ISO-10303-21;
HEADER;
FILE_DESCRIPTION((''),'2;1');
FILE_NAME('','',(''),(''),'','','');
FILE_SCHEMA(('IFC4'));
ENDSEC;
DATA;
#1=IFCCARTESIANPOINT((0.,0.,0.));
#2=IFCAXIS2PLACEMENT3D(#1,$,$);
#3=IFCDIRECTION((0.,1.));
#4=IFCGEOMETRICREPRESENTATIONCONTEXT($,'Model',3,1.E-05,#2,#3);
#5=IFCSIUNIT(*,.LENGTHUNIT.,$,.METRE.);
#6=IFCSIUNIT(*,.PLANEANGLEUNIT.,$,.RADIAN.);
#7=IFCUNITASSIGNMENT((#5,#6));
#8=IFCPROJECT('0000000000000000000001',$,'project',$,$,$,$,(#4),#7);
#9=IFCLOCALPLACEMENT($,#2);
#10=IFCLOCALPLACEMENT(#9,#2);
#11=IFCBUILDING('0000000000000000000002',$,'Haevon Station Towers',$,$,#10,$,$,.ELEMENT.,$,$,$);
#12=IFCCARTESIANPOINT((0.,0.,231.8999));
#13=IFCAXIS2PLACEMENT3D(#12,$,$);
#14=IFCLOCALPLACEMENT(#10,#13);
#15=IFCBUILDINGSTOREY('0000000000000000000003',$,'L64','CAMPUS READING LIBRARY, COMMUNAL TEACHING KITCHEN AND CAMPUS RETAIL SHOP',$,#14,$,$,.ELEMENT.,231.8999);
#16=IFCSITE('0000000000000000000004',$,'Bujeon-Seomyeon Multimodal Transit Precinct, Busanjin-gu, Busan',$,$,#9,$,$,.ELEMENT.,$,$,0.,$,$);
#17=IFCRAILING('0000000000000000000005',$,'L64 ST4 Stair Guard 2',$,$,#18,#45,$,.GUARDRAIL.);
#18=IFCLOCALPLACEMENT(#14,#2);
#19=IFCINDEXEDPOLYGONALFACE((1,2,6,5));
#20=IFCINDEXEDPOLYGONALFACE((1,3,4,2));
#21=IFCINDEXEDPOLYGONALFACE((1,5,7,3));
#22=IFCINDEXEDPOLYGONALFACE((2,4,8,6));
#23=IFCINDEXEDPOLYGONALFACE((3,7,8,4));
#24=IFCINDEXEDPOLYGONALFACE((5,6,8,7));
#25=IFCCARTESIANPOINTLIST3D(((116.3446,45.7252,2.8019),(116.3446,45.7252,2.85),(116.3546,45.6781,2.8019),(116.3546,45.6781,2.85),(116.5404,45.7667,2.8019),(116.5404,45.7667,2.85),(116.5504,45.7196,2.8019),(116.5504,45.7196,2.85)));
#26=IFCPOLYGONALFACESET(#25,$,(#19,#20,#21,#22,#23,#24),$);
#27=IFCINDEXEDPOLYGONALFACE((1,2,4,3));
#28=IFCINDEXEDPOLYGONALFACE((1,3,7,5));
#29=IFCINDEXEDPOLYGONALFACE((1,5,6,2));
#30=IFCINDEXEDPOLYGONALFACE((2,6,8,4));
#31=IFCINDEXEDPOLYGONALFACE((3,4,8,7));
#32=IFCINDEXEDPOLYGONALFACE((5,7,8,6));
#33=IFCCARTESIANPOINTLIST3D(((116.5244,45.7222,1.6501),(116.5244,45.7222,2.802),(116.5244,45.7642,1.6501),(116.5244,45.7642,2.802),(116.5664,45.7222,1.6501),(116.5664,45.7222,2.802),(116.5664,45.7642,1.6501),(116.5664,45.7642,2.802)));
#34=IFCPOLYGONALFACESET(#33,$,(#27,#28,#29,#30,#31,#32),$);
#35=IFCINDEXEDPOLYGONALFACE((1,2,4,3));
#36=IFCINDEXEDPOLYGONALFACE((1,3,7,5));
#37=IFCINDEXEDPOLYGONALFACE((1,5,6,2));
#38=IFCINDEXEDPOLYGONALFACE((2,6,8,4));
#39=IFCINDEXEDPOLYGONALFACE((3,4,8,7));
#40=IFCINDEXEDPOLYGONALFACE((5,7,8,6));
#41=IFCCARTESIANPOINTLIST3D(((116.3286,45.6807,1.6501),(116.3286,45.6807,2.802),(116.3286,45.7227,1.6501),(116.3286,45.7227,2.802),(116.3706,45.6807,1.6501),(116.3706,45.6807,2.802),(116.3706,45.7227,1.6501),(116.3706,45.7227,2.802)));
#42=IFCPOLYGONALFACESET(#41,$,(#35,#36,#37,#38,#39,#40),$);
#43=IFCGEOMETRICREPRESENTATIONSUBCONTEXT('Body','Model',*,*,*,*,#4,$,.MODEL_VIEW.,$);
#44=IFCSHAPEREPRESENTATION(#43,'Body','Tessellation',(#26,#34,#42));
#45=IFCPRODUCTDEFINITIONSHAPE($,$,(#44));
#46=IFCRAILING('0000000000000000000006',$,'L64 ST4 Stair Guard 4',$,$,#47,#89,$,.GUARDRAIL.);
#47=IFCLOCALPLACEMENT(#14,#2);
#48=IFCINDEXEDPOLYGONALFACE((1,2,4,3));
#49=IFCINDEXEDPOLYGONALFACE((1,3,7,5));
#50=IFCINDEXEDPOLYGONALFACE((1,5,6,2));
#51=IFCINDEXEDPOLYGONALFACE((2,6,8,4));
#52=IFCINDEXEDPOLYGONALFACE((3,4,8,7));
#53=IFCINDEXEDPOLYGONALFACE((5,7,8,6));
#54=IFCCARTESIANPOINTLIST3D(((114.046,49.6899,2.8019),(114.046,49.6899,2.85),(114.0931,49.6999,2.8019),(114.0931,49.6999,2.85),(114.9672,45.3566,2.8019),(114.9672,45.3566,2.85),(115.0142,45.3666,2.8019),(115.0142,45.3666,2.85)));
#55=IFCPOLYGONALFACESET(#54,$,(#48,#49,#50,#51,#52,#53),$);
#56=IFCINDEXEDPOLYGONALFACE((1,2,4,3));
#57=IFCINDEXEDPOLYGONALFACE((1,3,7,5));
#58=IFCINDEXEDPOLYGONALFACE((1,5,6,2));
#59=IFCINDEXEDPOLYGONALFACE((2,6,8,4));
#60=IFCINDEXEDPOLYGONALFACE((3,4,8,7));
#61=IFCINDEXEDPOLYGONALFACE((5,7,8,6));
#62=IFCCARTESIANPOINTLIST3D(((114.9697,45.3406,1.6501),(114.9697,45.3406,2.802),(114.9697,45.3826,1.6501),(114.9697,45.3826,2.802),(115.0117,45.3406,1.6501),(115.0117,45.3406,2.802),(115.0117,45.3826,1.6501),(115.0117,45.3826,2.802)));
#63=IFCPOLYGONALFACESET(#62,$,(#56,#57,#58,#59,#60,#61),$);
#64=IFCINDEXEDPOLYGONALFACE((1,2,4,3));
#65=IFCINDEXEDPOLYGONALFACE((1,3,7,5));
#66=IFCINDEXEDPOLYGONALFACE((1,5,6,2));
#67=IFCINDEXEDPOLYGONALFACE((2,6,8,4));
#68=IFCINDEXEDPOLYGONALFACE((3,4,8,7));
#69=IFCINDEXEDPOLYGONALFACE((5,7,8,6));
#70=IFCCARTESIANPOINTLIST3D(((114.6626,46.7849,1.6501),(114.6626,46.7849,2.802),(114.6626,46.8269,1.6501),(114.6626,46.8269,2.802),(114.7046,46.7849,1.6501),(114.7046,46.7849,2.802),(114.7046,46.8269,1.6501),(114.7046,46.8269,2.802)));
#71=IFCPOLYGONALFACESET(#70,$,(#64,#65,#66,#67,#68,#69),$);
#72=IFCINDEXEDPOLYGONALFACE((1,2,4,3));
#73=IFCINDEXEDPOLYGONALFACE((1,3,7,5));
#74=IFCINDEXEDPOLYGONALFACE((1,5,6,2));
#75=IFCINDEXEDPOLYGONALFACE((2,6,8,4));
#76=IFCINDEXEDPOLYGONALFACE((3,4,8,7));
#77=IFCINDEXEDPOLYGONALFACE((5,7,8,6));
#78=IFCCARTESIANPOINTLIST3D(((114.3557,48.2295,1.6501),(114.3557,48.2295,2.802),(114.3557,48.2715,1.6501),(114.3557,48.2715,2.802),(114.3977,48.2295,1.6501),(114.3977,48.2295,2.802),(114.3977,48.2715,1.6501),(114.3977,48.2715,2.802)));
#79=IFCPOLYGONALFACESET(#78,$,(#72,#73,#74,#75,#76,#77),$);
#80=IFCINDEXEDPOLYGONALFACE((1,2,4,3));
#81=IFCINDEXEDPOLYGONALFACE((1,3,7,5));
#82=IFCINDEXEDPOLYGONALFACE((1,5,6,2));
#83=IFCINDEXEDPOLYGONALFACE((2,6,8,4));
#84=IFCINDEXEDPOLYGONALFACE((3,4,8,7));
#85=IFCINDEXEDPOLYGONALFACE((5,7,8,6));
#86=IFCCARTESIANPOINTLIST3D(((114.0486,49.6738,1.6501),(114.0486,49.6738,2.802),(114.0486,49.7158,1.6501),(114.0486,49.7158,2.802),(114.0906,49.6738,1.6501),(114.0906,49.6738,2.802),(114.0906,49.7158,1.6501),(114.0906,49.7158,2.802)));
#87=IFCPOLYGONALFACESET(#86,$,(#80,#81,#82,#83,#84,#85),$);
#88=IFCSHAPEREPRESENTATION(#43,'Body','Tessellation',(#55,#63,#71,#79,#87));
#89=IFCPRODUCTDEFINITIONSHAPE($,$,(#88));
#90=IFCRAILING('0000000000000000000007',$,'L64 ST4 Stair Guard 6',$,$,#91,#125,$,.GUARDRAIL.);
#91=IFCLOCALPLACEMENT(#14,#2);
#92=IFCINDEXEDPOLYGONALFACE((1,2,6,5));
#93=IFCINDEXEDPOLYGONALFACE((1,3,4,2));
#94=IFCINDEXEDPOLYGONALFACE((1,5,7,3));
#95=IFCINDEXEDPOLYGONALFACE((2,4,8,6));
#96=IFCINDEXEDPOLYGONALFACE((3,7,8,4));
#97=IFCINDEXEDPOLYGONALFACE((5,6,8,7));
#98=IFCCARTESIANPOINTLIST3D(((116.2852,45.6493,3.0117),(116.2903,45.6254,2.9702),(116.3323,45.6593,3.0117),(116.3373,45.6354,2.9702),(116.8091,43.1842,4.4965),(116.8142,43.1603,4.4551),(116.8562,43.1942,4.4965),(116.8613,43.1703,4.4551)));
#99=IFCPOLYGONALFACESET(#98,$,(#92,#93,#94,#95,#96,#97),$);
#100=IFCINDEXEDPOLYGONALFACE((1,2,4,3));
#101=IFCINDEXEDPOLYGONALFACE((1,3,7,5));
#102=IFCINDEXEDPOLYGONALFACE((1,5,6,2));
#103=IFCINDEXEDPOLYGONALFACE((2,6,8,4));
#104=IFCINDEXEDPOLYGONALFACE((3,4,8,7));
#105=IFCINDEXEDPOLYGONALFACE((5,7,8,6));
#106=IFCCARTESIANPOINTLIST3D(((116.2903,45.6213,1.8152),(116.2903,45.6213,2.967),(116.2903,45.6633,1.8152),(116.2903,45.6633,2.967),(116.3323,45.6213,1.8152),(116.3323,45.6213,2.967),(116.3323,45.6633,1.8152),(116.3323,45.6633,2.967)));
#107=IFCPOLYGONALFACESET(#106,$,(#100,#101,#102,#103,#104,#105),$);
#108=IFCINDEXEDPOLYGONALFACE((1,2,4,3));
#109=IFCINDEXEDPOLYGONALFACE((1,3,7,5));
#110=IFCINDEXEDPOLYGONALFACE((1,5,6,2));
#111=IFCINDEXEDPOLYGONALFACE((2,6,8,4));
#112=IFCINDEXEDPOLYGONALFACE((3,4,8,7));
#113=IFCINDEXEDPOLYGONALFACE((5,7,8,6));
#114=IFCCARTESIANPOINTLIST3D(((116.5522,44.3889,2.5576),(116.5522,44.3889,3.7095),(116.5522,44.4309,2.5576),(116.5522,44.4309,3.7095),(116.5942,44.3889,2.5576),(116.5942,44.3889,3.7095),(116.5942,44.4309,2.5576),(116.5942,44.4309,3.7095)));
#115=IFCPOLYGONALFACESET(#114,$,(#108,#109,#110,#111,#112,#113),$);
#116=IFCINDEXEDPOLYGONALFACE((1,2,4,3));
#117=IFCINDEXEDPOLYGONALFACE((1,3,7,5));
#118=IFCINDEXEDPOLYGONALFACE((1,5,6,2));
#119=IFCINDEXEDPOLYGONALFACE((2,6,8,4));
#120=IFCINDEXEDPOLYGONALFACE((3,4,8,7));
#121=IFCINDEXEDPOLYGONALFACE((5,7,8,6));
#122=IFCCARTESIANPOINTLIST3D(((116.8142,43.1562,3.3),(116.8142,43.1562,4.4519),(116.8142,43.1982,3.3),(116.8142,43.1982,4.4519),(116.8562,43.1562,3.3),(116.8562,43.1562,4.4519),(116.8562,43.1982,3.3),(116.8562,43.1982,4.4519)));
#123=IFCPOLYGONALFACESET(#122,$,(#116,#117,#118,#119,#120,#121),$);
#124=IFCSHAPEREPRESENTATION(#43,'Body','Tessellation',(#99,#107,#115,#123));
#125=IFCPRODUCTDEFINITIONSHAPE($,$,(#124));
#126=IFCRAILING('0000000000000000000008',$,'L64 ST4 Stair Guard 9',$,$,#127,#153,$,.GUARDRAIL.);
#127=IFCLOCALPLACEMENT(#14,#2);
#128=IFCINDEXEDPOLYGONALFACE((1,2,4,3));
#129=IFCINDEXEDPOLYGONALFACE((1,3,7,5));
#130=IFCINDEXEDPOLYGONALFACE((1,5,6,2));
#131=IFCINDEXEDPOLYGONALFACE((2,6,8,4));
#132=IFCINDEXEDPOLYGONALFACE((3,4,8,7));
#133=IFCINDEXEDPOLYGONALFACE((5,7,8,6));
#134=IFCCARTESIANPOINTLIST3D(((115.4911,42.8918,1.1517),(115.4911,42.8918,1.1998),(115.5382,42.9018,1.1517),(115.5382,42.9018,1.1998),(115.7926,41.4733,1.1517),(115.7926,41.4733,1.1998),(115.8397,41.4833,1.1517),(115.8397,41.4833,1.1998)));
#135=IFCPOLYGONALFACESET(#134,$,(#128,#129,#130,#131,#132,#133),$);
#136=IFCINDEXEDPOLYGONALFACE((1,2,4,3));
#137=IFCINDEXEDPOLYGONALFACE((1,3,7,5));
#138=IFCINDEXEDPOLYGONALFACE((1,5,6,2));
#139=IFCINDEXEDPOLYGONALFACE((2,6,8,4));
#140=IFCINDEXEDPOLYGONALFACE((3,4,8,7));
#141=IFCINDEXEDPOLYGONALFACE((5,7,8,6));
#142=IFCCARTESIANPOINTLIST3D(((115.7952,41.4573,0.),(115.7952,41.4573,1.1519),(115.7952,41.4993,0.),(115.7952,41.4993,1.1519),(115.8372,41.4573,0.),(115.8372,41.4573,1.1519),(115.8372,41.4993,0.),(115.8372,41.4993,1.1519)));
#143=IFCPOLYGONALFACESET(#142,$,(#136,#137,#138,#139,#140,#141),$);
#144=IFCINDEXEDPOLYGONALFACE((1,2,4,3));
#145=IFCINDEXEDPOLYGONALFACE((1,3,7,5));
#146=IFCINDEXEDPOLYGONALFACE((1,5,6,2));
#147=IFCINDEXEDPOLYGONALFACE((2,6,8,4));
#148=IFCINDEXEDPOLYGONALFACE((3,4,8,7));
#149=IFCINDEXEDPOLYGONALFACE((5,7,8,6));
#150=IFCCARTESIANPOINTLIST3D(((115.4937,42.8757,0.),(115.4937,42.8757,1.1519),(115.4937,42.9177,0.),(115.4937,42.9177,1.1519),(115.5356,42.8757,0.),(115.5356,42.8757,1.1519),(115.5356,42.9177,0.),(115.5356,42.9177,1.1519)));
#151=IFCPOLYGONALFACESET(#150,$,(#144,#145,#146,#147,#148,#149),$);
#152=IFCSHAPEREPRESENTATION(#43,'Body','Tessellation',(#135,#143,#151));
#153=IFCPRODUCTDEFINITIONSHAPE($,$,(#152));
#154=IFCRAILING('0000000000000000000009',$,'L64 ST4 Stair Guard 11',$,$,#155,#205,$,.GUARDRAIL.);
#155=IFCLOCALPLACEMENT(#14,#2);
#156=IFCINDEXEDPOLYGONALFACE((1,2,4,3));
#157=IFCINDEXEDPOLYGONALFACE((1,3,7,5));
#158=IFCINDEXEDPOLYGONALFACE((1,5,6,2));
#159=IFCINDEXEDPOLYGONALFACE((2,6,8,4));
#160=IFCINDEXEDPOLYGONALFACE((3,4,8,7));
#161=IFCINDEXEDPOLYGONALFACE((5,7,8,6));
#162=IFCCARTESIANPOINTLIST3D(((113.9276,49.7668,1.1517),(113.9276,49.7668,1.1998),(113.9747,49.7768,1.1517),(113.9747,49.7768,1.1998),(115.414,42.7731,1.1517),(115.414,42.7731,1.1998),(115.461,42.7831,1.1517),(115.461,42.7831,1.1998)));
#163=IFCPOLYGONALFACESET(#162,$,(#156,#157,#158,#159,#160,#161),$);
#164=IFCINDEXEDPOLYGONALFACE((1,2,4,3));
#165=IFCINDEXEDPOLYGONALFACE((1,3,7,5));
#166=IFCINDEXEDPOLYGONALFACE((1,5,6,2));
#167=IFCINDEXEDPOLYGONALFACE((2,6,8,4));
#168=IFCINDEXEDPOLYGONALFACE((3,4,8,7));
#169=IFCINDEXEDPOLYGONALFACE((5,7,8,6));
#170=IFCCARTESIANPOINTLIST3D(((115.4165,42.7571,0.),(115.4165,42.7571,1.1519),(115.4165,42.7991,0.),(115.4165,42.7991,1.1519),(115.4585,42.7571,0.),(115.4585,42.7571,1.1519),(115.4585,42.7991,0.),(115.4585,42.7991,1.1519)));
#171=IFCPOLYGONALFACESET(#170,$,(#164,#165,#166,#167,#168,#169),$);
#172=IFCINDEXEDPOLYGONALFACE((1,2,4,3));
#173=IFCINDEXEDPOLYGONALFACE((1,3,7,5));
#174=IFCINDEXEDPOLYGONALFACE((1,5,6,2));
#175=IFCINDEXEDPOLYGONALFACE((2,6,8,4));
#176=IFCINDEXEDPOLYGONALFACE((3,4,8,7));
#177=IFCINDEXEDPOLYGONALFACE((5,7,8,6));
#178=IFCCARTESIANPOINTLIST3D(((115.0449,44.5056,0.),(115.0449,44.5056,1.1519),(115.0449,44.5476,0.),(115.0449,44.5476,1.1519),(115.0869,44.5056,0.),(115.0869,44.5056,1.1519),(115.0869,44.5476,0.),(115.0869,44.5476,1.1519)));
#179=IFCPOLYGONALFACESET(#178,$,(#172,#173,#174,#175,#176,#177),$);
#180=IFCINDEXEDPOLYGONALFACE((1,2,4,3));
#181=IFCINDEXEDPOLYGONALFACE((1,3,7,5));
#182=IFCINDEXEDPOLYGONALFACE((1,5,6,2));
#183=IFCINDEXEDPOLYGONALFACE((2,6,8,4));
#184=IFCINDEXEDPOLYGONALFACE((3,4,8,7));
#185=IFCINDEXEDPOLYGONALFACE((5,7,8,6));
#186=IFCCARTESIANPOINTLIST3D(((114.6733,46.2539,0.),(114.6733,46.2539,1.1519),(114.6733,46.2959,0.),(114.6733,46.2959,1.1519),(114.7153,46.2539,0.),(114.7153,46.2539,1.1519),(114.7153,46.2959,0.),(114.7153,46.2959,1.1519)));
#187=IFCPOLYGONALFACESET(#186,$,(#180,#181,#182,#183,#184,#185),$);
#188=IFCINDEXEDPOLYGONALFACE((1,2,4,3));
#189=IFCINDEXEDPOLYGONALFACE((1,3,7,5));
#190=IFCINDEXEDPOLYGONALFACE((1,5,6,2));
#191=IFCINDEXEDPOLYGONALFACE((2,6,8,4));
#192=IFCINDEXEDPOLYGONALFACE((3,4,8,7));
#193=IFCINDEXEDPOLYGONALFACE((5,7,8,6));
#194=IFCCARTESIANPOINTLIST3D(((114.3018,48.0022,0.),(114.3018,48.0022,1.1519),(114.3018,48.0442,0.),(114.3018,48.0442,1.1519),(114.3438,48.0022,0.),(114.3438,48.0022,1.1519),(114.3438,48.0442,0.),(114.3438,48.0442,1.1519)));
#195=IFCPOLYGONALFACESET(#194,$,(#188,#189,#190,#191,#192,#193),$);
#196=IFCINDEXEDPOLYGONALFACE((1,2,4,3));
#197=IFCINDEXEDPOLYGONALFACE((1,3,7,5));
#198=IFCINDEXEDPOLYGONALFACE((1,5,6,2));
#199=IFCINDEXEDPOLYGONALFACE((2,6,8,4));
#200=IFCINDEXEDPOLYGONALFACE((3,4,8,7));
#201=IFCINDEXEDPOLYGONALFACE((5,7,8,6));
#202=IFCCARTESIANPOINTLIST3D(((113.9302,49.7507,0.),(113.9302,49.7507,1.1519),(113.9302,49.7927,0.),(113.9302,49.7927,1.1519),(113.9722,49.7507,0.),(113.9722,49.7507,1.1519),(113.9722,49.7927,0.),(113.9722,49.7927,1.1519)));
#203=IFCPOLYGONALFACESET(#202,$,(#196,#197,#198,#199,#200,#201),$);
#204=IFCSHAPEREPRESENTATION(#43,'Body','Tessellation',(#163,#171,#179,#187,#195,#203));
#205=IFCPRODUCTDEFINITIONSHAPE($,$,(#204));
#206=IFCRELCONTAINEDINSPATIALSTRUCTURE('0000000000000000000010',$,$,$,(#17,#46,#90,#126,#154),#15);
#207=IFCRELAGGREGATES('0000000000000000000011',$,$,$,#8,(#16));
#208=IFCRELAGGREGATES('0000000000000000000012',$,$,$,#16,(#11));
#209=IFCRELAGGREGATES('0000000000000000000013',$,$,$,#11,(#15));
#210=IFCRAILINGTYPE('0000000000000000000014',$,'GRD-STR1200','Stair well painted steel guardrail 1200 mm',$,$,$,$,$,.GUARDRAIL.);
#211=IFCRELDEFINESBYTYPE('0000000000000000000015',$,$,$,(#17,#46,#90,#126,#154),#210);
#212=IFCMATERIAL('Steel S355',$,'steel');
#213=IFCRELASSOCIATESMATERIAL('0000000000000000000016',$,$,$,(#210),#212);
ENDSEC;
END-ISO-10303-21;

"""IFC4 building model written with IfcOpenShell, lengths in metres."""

from ifc_helpers import new_model, si_unit, direction, frame, origin, origin_2d, place, context, subcontext, project, spatial, rectangle, extrude, material, type_object, element, save


model = new_model("IFC4")

# Units and contexts
model_context = context("Model", 3, precision=1e-05, world=origin(), true_north=direction((0.0, 1.0)))
body_context = subcontext(model_context, "Body", "Model", "MODEL_VIEW")
ifc_project = project(units=[si_unit("LENGTHUNIT", "METRE"), si_unit("PLANEANGLEUNIT", "RADIAN")], contexts=[model_context])

# Site, building, storey
site_placement = place(None, origin())
site = spatial("IfcSite", under=ifc_project, at=site_placement, Name="Bujeon-Seomyeon Multimodal Transit Precinct, Busanjin-gu, Busan", CompositionType="ELEMENT", RefElevation=0.0)
building_placement = place(site_placement, origin())
building = spatial("IfcBuilding", under=site, at=building_placement, Name="Haevon Station Towers", CompositionType="ELEMENT")
storey_placement = place(building_placement, frame((0.0, 0.0, 231.8999)))
storey = spatial("IfcBuildingStorey", under=building, at=storey_placement, Name="L64", Description="CAMPUS READING LIBRARY, COMMUNAL TEACHING KITCHEN AND CAMPUS RETAIL SHOP", CompositionType="ELEMENT", Elevation=231.8999)

# Shared definitions
ifc_material_1 = material(Name="Steel S355", Category="steel")

# Railings
railing_type_1 = type_object("IfcRailingType", Name="GRD-STR1200", Description="Stair well painted steel guardrail 1200 mm", PredefinedType="GUARDRAIL", material=ifc_material_1)
railing_1_placement = place(storey_placement, frame((116.5454, 45.7432, 1.6501)))
element("IfcRailing", 1, at=railing_1_placement, inside=storey, type_object=railing_type_1, Name="L64 ST4 Stair Guard 2", PredefinedType="GUARDRAIL", context=body_context, shape_type="SweptSolid", body=[
    extrude(rectangle(XDim=0.0481, YDim=0.0481, at=origin_2d()), frame((0.0, 0.0, 1.1758), z_axis=(-0.978264, -0.207363, 0.0), x_axis=(0.207363, -0.978264, 0.0)), (0.0, 0.0, 1.0), 0.2002),
    extrude(rectangle(XDim=0.042, YDim=0.042, at=origin_2d()), origin(), (0.0, 0.0, 1.0), 1.1519),
    extrude(rectangle(XDim=0.042, YDim=0.042, at=origin_2d()), frame((-0.1958, -0.0415, 0.0)), (0.0, 0.0, 1.0), 1.1519),
])
railing_2_placement = place(storey_placement, frame((114.9907, 45.3616, 1.6501)))
element("IfcRailing", 2, at=railing_2_placement, inside=storey, type_object=railing_type_1, Name="L64 ST4 Stair Guard 4", PredefinedType="GUARDRAIL", context=body_context, shape_type="SweptSolid", body=[
    extrude(rectangle(XDim=0.0481, YDim=0.0481, at=origin_2d()), frame((0.0, 0.0, 1.1758), z_axis=(-0.207929, 0.978144, 0.0), x_axis=(-0.978144, -0.207929, 0.0)), (0.0, 0.0, 1.0), 4.4302),
    extrude(rectangle(XDim=0.042, YDim=0.042, at=origin_2d()), origin(), (0.0, 0.0, 1.0), 1.1519),
    extrude(rectangle(XDim=0.042, YDim=0.042, at=origin_2d()), frame((-0.3071, 1.4443, 0.0)), (0.0, 0.0, 1.0), 1.1519),
    extrude(rectangle(XDim=0.042, YDim=0.042, at=origin_2d()), frame((-0.614, 2.8889, 0.0)), (0.0, 0.0, 1.0), 1.1519),
    extrude(rectangle(XDim=0.042, YDim=0.042, at=origin_2d()), frame((-0.9211, 4.3333, 0.0)), (0.0, 0.0, 1.0), 1.1519),
])
railing_3_placement = place(storey_placement, frame((116.3113, 45.6423, 1.8152)))
element("IfcRailing", 3, at=railing_3_placement, inside=storey, type_object=railing_type_1, Name="L64 ST4 Stair Guard 6", PredefinedType="GUARDRAIL", context=body_context, shape_type="SweptSolid", body=[
    extrude(rectangle(XDim=0.0481, YDim=0.0481, at=origin_2d()), frame((0.0, 0.0, 1.1758), z_axis=(0.179116, -0.842748, 0.507635), x_axis=(0.978151, 0.207895, 0.0)), (0.0, 0.0, 1.0), 2.925),
    extrude(rectangle(XDim=0.042, YDim=0.042, at=origin_2d()), origin(), (0.0, 0.0, 1.0), 1.1519),
    extrude(rectangle(XDim=0.042, YDim=0.042, at=origin_2d()), frame((0.262, -1.2324, 0.7424)), (0.0, 0.0, 1.0), 1.1519),
    extrude(rectangle(XDim=0.042, YDim=0.042, at=origin_2d()), frame((0.5239, -2.4651, 1.4849)), (0.0, 0.0, 1.0), 1.1519),
])
railing_4_placement = place(storey_placement, frame((115.8162, 41.4783, 0.0)))
element("IfcRailing", 4, at=railing_4_placement, inside=storey, type_object=railing_type_1, Name="L64 ST4 Stair Guard 9", PredefinedType="GUARDRAIL", context=body_context, shape_type="SweptSolid", body=[
    extrude(rectangle(XDim=0.0481, YDim=0.0481, at=origin_2d()), frame((0.0, 0.0, 1.1758), z_axis=(-0.207919, 0.978146, 0.0), x_axis=(-0.978146, -0.207919, 0.0)), (0.0, 0.0, 1.0), 1.4502),
    extrude(rectangle(XDim=0.042, YDim=0.042, at=origin_2d()), origin(), (0.0, 0.0, 1.0), 1.1519),
    extrude(rectangle(XDim=0.042, YDim=0.042, at=origin_2d()), frame((-0.3015, 1.4185, 0.0)), (0.0, 0.0, 1.0), 1.1519),
])
railing_5_placement = place(storey_placement, frame((115.4375, 42.7781, 0.0)))
element("IfcRailing", 5, at=railing_5_placement, inside=storey, type_object=railing_type_1, Name="L64 ST4 Stair Guard 11", PredefinedType="GUARDRAIL", context=body_context, shape_type="SweptSolid", body=[
    extrude(rectangle(XDim=0.0481, YDim=0.0481, at=origin_2d()), frame((0.0, 0.0, 1.1758), z_axis=(-0.207882, 0.978154, 0.0), x_axis=(-0.978154, -0.207882, 0.0)), (0.0, 0.0, 1.0), 7.1499),
    extrude(rectangle(XDim=0.042, YDim=0.042, at=origin_2d()), origin(), (0.0, 0.0, 1.0), 1.1519),
    extrude(rectangle(XDim=0.042, YDim=0.042, at=origin_2d()), frame((-0.3716, 1.7485, 0.0)), (0.0, 0.0, 1.0), 1.1519),
    extrude(rectangle(XDim=0.042, YDim=0.042, at=origin_2d()), frame((-0.7432, 3.4968, 0.0)), (0.0, 0.0, 1.0), 1.1519),
    extrude(rectangle(XDim=0.042, YDim=0.042, at=origin_2d()), frame((-1.1147, 5.2451, 0.0)), (0.0, 0.0, 1.0), 1.1519),
    extrude(rectangle(XDim=0.042, YDim=0.042, at=origin_2d()), frame((-1.4863, 6.9937, 0.0)), (0.0, 0.0, 1.0), 1.1519),
])

save(model, "model.ifc")
